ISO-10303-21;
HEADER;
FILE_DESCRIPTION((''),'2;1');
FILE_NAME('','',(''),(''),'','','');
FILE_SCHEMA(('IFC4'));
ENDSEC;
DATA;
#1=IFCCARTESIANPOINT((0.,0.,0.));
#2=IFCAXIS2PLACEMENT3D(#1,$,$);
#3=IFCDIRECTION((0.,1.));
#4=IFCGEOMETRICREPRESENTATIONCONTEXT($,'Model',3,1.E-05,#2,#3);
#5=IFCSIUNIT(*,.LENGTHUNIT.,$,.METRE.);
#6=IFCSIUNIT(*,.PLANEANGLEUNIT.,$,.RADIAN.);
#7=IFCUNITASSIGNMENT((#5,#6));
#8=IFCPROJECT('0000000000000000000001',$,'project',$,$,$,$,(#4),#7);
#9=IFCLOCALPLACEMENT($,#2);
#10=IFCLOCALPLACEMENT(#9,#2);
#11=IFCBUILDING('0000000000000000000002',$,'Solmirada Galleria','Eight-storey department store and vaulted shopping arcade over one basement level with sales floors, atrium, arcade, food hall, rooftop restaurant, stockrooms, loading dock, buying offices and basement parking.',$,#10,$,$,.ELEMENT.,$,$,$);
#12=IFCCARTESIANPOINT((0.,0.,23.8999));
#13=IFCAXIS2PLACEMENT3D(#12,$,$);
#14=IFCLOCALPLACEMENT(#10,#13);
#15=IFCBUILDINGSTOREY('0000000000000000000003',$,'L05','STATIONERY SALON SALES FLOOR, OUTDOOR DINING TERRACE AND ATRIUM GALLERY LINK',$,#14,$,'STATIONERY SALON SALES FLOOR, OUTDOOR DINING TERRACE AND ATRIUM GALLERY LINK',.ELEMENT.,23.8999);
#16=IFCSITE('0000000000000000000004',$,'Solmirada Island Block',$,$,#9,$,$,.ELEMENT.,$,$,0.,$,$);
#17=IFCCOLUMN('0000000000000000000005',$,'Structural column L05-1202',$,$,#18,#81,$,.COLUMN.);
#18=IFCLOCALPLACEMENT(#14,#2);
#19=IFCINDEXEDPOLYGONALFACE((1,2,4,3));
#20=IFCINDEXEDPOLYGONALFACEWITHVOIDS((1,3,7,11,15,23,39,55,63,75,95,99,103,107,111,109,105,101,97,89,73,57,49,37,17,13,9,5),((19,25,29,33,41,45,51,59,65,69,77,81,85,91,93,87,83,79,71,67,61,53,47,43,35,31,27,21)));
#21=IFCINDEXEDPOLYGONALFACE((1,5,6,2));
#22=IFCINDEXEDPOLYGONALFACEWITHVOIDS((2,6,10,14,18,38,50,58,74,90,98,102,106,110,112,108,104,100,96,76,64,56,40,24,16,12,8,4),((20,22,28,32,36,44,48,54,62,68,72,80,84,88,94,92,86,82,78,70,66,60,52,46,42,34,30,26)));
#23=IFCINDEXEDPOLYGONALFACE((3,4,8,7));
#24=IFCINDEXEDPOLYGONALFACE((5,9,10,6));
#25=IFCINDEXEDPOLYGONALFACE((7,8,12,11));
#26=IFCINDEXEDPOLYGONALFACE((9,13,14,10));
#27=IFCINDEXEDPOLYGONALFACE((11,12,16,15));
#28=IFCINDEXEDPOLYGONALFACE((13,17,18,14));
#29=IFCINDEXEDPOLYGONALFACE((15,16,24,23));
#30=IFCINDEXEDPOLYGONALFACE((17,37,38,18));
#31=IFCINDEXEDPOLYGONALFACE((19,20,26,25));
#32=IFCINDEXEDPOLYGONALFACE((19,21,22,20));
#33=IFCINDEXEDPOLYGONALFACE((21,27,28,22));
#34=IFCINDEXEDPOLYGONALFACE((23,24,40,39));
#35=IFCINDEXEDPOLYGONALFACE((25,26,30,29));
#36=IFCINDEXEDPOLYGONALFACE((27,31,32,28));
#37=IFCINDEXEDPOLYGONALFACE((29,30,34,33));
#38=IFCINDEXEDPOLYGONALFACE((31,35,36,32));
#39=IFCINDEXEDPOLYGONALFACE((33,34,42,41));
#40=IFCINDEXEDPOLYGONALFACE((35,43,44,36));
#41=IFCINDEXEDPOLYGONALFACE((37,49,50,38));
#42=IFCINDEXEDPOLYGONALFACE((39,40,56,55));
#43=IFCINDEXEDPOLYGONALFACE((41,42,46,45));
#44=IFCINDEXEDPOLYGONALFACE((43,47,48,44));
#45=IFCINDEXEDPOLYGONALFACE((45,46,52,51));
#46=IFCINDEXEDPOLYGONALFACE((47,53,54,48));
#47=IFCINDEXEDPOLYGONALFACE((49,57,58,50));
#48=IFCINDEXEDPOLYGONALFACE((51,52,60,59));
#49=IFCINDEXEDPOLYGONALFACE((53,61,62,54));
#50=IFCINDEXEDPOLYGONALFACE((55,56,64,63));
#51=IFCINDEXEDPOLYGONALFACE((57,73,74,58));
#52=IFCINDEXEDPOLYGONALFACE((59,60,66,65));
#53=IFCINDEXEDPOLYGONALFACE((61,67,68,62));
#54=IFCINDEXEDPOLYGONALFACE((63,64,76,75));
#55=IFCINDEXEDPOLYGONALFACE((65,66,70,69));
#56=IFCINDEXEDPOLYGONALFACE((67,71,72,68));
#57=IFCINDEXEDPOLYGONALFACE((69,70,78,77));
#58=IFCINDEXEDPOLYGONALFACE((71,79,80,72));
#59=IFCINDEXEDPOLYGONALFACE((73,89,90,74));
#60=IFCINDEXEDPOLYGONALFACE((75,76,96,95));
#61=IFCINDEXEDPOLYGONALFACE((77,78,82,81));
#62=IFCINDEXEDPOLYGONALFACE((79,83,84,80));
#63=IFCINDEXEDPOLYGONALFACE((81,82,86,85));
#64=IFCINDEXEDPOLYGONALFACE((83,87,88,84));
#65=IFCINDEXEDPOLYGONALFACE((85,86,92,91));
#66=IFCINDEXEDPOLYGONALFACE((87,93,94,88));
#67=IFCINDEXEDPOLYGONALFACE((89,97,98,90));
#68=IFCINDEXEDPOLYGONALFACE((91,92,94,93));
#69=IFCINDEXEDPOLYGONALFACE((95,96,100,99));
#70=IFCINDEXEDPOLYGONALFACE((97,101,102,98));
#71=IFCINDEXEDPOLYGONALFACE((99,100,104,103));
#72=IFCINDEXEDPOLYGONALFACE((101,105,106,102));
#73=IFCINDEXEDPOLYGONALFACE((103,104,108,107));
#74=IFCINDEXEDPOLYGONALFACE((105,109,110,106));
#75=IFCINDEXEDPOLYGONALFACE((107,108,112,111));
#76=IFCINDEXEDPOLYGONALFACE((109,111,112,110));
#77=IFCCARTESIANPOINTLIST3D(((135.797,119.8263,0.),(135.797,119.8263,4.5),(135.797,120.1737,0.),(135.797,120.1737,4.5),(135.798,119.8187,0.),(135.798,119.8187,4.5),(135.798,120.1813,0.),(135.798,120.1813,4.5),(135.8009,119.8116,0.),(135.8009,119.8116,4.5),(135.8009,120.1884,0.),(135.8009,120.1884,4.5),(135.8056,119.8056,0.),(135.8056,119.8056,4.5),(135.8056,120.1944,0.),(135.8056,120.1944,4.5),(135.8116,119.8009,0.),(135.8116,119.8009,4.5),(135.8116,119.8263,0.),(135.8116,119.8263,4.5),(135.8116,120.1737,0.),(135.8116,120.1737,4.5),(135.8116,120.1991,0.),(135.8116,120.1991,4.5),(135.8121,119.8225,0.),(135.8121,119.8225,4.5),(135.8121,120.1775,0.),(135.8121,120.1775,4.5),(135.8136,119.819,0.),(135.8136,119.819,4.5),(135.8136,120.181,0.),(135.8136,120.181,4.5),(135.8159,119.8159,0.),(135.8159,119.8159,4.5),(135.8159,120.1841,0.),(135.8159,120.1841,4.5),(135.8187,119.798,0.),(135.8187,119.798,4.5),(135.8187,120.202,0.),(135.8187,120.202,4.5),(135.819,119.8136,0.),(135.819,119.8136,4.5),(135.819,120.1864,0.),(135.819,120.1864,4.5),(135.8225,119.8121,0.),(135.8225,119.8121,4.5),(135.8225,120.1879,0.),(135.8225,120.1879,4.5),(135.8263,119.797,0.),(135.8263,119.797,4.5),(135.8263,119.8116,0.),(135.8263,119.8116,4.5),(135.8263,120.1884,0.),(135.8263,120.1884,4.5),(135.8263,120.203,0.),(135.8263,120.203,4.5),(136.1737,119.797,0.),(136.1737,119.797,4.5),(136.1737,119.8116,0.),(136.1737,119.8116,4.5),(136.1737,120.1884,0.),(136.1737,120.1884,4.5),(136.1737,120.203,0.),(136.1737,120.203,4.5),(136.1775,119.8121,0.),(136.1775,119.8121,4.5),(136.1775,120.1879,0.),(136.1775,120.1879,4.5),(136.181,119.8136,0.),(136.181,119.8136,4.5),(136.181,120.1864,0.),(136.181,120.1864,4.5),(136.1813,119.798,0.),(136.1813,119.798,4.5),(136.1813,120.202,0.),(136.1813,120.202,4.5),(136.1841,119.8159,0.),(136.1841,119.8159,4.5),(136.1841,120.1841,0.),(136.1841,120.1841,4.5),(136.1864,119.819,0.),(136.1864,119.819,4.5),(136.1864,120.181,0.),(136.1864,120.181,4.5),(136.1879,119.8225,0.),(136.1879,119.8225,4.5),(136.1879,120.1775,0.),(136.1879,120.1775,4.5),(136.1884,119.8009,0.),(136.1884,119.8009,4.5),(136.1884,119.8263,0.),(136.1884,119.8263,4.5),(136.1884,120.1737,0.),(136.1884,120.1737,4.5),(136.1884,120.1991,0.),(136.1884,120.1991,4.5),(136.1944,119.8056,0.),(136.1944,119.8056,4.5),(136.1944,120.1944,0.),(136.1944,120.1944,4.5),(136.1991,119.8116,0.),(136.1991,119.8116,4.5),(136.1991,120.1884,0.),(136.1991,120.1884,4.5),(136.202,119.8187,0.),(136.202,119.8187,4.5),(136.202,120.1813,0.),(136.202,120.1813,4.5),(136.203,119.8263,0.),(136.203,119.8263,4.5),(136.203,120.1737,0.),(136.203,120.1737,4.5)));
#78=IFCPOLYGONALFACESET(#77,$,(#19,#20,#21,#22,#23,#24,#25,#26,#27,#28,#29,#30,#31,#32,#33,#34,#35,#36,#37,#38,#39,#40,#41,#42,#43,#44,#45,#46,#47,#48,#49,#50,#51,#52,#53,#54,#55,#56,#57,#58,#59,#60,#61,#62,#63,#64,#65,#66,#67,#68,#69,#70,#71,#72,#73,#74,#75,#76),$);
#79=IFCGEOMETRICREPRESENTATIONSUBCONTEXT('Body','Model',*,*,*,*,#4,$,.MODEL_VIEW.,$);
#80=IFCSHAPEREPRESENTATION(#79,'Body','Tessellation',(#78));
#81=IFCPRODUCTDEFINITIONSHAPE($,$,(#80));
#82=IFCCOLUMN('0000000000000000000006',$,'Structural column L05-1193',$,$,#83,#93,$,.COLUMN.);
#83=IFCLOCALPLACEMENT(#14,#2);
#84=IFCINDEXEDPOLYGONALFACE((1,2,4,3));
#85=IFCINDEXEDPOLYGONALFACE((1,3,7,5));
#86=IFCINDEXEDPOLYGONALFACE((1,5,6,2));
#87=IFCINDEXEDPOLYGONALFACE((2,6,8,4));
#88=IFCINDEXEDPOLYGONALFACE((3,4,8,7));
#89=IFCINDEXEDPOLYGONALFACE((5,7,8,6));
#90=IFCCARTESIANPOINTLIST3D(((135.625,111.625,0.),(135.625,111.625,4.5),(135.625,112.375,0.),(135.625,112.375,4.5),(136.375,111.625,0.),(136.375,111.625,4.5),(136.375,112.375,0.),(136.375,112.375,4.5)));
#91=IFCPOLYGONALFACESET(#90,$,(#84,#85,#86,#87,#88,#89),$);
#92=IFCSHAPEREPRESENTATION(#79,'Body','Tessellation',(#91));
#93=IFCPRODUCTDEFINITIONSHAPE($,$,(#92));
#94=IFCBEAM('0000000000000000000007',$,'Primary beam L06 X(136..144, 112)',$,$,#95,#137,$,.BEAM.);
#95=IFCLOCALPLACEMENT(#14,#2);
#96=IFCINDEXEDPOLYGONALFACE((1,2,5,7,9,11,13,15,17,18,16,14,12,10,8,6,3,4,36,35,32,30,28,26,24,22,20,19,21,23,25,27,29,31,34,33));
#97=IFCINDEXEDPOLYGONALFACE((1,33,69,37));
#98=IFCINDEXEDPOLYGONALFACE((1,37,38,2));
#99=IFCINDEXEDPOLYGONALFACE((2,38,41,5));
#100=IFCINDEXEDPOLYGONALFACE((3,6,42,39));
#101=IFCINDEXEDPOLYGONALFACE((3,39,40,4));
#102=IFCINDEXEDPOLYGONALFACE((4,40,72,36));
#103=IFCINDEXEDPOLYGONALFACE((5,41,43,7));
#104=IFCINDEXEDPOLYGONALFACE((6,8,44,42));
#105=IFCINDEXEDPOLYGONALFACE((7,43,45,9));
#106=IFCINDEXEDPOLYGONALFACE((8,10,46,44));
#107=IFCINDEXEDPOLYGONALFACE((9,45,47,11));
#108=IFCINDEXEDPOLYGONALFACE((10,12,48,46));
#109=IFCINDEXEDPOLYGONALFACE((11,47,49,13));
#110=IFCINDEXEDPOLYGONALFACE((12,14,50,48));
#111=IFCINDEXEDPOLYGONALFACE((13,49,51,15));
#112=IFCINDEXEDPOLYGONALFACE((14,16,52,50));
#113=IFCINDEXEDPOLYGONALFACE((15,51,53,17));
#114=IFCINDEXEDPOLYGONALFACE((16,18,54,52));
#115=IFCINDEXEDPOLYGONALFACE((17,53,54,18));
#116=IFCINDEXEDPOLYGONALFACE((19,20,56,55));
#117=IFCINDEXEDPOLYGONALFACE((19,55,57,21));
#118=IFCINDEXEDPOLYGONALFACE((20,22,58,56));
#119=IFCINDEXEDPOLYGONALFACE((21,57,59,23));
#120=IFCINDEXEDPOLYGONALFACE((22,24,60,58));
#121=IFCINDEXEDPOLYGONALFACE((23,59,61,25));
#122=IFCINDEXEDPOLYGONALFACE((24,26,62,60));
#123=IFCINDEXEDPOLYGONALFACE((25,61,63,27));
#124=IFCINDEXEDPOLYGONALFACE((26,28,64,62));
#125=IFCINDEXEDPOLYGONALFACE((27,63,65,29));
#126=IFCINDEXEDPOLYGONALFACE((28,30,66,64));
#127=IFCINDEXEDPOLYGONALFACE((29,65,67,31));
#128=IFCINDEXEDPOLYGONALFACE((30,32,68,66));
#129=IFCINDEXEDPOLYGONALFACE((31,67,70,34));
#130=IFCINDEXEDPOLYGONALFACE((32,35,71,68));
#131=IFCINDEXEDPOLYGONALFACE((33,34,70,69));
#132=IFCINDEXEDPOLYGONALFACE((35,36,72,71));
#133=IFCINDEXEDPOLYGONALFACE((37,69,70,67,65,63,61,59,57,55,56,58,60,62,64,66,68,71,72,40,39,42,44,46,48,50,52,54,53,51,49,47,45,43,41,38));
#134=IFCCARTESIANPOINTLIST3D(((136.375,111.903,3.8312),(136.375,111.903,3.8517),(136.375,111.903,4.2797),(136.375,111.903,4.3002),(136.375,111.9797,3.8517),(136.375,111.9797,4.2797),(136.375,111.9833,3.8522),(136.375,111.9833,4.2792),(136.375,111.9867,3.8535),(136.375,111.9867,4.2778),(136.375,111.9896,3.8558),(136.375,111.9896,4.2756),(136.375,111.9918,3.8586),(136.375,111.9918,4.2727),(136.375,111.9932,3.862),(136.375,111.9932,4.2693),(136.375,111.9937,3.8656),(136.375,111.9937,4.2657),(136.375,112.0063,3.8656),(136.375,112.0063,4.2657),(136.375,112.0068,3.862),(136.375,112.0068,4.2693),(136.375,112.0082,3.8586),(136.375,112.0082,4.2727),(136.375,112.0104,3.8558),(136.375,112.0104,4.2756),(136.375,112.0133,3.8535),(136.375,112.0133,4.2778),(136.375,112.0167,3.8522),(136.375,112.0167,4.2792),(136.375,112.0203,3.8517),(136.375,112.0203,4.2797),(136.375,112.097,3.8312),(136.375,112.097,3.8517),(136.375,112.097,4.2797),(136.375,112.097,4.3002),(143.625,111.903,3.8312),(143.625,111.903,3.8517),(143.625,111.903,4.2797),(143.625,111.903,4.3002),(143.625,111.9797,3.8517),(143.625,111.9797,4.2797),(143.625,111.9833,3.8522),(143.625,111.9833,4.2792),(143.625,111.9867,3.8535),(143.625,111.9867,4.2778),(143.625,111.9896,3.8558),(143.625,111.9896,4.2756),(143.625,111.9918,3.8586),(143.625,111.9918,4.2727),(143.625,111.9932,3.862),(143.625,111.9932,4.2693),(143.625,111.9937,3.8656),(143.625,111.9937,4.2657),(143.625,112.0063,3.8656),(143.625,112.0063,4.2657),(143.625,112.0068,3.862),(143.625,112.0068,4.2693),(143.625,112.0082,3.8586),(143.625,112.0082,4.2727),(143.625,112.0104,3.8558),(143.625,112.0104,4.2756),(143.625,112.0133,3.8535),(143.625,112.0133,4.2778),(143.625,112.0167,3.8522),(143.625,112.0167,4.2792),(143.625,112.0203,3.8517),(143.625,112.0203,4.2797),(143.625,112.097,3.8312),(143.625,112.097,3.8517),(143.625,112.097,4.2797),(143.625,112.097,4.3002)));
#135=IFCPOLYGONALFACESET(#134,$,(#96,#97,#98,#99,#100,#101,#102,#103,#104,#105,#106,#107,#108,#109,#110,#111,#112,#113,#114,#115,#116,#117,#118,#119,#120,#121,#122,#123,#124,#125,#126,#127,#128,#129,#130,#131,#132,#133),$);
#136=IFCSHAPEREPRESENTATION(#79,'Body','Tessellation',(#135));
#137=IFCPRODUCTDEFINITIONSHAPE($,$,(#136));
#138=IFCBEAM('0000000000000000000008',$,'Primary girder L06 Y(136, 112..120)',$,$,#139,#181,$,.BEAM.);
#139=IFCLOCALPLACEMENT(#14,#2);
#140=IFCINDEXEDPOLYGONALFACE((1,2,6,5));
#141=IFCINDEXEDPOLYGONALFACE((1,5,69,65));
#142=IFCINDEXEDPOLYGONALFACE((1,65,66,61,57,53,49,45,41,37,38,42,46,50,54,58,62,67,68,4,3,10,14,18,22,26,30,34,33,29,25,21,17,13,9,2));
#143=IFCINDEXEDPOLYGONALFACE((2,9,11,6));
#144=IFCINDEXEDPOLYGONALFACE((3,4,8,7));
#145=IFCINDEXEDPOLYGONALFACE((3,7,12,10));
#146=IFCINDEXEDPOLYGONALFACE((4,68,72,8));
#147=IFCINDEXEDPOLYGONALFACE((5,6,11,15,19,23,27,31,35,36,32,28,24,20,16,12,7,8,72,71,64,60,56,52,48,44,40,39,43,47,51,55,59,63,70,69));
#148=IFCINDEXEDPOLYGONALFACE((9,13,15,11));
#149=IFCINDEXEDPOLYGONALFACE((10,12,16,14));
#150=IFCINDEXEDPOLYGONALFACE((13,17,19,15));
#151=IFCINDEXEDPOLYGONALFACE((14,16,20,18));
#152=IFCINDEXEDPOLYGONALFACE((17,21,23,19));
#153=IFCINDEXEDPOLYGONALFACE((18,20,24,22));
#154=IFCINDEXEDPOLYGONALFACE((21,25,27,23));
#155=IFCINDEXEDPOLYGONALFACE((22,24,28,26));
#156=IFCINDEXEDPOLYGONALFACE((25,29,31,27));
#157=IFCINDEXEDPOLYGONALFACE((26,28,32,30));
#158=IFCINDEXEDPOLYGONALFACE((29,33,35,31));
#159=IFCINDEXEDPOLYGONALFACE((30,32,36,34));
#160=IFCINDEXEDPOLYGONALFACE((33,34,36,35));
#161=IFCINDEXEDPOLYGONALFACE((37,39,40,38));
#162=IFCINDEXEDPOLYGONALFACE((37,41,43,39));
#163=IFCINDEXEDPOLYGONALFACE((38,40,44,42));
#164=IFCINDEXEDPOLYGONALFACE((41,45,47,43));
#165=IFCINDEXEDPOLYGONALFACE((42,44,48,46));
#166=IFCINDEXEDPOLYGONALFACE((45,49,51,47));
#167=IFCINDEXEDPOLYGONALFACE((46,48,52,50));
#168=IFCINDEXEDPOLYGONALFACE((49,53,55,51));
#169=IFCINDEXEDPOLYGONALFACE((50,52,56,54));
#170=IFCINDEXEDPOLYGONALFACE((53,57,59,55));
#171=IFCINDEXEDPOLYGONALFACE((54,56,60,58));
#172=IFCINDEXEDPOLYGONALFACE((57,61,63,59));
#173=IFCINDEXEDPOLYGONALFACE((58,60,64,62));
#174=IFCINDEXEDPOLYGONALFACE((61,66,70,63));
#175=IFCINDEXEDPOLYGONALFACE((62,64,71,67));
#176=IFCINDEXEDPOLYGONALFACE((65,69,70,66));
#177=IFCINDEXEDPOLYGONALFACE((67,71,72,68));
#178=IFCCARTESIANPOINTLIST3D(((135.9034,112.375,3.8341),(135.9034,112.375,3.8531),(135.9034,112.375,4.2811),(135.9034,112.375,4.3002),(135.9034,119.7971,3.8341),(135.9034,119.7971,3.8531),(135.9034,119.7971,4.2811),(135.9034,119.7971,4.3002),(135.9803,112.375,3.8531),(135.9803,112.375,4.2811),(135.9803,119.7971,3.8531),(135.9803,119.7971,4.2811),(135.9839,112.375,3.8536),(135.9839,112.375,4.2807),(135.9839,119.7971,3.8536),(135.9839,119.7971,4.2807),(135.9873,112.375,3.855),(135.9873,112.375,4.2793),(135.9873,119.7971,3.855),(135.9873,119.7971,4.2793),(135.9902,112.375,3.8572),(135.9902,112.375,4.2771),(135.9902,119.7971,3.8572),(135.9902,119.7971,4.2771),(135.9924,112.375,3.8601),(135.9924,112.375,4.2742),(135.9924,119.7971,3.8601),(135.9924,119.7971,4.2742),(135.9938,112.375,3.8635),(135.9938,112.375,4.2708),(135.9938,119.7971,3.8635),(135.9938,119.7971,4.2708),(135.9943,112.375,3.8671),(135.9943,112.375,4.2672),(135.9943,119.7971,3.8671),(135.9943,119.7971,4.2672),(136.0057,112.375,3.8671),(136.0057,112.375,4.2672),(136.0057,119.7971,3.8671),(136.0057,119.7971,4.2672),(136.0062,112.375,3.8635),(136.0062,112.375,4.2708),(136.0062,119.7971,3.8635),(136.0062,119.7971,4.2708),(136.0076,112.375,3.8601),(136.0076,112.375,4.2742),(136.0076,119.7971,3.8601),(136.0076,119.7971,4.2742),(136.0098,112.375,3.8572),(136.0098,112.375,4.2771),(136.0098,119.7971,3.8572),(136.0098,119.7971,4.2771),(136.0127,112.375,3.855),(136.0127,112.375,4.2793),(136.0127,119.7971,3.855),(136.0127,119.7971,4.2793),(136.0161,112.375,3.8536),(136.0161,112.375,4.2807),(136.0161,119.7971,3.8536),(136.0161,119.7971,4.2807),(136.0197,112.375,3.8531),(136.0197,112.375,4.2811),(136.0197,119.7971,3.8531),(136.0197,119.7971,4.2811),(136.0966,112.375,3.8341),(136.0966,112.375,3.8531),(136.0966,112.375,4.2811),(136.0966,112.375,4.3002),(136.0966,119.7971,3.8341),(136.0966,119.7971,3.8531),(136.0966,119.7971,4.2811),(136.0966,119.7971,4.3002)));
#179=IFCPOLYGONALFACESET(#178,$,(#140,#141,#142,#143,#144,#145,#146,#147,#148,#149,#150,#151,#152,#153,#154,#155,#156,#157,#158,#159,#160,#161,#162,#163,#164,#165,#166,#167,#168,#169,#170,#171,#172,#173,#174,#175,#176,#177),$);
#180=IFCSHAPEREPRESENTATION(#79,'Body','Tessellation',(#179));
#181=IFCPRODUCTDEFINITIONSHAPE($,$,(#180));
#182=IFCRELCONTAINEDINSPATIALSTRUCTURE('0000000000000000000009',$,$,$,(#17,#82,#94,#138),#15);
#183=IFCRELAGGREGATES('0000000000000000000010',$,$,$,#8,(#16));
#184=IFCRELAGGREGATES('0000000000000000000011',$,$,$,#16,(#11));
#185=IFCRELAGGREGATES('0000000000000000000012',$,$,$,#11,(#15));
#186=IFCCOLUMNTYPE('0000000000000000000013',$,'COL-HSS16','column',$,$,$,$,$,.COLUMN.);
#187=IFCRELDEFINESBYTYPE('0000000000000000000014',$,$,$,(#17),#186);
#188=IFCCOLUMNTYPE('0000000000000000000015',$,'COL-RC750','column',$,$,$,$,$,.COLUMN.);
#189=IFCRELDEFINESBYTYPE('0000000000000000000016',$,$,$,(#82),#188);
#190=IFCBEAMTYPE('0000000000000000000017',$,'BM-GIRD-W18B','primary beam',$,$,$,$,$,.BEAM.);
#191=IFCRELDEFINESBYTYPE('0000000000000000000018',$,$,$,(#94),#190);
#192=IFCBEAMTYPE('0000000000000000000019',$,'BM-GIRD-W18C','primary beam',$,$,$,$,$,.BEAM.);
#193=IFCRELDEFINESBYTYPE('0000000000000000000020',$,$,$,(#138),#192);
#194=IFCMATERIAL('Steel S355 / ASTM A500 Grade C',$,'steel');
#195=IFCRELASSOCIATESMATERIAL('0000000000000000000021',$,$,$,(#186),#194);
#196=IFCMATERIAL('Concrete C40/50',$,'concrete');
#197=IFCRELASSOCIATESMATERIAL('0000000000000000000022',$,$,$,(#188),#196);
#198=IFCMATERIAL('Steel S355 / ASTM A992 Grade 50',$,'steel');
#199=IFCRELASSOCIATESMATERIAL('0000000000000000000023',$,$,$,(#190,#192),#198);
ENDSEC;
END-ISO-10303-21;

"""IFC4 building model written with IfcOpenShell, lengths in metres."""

from ifc_helpers import new_model, si_unit, direction, frame, origin, origin_2d, place, context, subcontext, project, spatial, rectangle, hollow_rectangle, i_section, extrude, material, material_profile, profile_set, type_object, element, save


model = new_model("IFC4")

# Units and contexts
model_context = context("Model", 3, precision=1e-05, world=origin(), true_north=direction((0.0, 1.0)))
body_context = subcontext(model_context, "Body", "Model", "MODEL_VIEW")
ifc_project = project(units=[si_unit("LENGTHUNIT", "METRE"), si_unit("PLANEANGLEUNIT", "RADIAN")], contexts=[model_context])

# Site, building, storey
site_placement = place(None, origin())
site = spatial("IfcSite", under=ifc_project, at=site_placement, Name="Solmirada Island Block", CompositionType="ELEMENT", RefElevation=0.0)
building_placement = place(site_placement, origin())
building = spatial("IfcBuilding", under=site, at=building_placement, Name="Solmirada Galleria", Description="Eight-storey department store and vaulted shopping arcade over one basement level with sales floors, atrium, arcade, food hall, rooftop restaurant, stockrooms, loading dock, buying offices and basement parking.", CompositionType="ELEMENT")
storey_placement = place(building_placement, frame((0.0, 0.0, 23.8999)))
storey = spatial("IfcBuildingStorey", under=building, at=storey_placement, Name="L05", Description="STATIONERY SALON SALES FLOOR, OUTDOOR DINING TERRACE AND ATRIUM GALLERY LINK", LongName="STATIONERY SALON SALES FLOOR, OUTDOOR DINING TERRACE AND ATRIUM GALLERY LINK", CompositionType="ELEMENT", Elevation=23.8999)

# Columns
ifc_material_1 = material(Name="Steel S355 / ASTM A500 Grade C", Category="steel")
ifc_material_profile_1 = material_profile(ifc_material_1, hollow_rectangle(XDim=0.406, YDim=0.406, WallThickness=0.0146, InnerFilletRadius=0.0146, OuterFilletRadius=0.0293, at=origin_2d()), Name="HSS16X16X5/8")
ifc_profile_set_1 = profile_set([ifc_material_profile_1], Name="Steel S355 / ASTM A500 Grade C")
column_type_1 = type_object("IfcColumnType", Name="COL-HSS16", Description="column", PredefinedType="COLUMN", material=ifc_profile_set_1)
column_1_placement = place(storey_placement, frame((136.0, 120.0, 0.0), z_axis=(0.0, 0.0, 1.0), x_axis=(1.0, 0.0, 0.0)))
element("IfcColumn", 1, at=column_1_placement, inside=storey, type_object=column_type_1, Name="Structural column L05-1202", PredefinedType="COLUMN", context=body_context, shape_type="SweptSolid", body=[
    extrude(hollow_rectangle(XDim=0.406, YDim=0.406, WallThickness=0.0146, InnerFilletRadius=0.0146, OuterFilletRadius=0.0293, at=origin_2d()), origin(), (0.0, 0.0, 1.0), 4.5),
])
ifc_material_2 = material(Name="Concrete C40/50", Category="concrete")
ifc_material_profile_2 = material_profile(ifc_material_2, rectangle(XDim=0.75, YDim=0.75, at=origin_2d()), Name="RC750X750")
ifc_profile_set_2 = profile_set([ifc_material_profile_2], Name="Concrete C40/50")
column_type_2 = type_object("IfcColumnType", Name="COL-RC750", Description="column", PredefinedType="COLUMN", material=ifc_profile_set_2)
column_2_placement = place(storey_placement, frame((136.0, 112.0, 0.0), z_axis=(0.0, 0.0, 1.0), x_axis=(1.0, 0.0, 0.0)))
element("IfcColumn", 2, at=column_2_placement, inside=storey, type_object=column_type_2, Name="Structural column L05-1193", PredefinedType="COLUMN", context=body_context, shape_type="SweptSolid", body=[
    extrude(rectangle(XDim=0.75, YDim=0.75, at=origin_2d()), origin(), (0.0, 0.0, 1.0), 4.5),
])

# Beams
ifc_material_3 = material(Name="Steel S355 / ASTM A992 Grade 50", Category="steel")
ifc_material_profile_3 = material_profile(ifc_material_3, i_section(OverallWidth=0.1941, OverallDepth=0.469, WebThickness=0.0127, FlangeThickness=0.0205, FilletRadius=0.0139, at=origin_2d()), Name="W18X71")
ifc_profile_set_3 = profile_set([ifc_material_profile_3], Name="Steel S355 / ASTM A992 Grade 50")
beam_type_1 = type_object("IfcBeamType", Name="BM-GIRD-W18B", Description="primary beam", PredefinedType="BEAM", material=ifc_profile_set_3)
beam_1_placement = place(storey_placement, frame((136.375, 112.0, 4.0657), z_axis=(1.0, 0.0, 0.0), x_axis=(0.0, 1.0, 0.0)))
element("IfcBeam", 3, at=beam_1_placement, inside=storey, type_object=beam_type_1, Name="Primary beam L06 X(136..144, 112)", PredefinedType="BEAM", context=body_context, shape_type="SweptSolid", body=[
    extrude(i_section(OverallWidth=0.1941, OverallDepth=0.469, WebThickness=0.0127, FlangeThickness=0.0205, FilletRadius=0.0139, at=origin_2d()), origin(), (0.0, 0.0, 1.0), 7.25),
])
ifc_material_profile_4 = material_profile(ifc_material_3, i_section(OverallWidth=0.1931, OverallDepth=0.4661, WebThickness=0.0115, FlangeThickness=0.019, FilletRadius=0.0139, at=origin_2d()), Name="W18X65")
ifc_profile_set_4 = profile_set([ifc_material_profile_4], Name="Steel S355 / ASTM A992 Grade 50")
beam_type_2 = type_object("IfcBeamType", Name="BM-GIRD-W18C", Description="primary beam", PredefinedType="BEAM", material=ifc_profile_set_4)
beam_2_placement = place(storey_placement, frame((136.0, 112.375, 4.0671), z_axis=(0.0, 1.0, 0.0), x_axis=(-1.0, 0.0, 0.0)))
element("IfcBeam", 4, at=beam_2_placement, inside=storey, type_object=beam_type_2, Name="Primary girder L06 Y(136, 112..120)", PredefinedType="BEAM", context=body_context, shape_type="SweptSolid", body=[
    extrude(i_section(OverallWidth=0.1931, OverallDepth=0.4661, WebThickness=0.0115, FlangeThickness=0.019, FilletRadius=0.0139, at=origin_2d()), origin(), (0.0, 0.0, 1.0), 7.4221),
])

save(model, "model.ifc")
